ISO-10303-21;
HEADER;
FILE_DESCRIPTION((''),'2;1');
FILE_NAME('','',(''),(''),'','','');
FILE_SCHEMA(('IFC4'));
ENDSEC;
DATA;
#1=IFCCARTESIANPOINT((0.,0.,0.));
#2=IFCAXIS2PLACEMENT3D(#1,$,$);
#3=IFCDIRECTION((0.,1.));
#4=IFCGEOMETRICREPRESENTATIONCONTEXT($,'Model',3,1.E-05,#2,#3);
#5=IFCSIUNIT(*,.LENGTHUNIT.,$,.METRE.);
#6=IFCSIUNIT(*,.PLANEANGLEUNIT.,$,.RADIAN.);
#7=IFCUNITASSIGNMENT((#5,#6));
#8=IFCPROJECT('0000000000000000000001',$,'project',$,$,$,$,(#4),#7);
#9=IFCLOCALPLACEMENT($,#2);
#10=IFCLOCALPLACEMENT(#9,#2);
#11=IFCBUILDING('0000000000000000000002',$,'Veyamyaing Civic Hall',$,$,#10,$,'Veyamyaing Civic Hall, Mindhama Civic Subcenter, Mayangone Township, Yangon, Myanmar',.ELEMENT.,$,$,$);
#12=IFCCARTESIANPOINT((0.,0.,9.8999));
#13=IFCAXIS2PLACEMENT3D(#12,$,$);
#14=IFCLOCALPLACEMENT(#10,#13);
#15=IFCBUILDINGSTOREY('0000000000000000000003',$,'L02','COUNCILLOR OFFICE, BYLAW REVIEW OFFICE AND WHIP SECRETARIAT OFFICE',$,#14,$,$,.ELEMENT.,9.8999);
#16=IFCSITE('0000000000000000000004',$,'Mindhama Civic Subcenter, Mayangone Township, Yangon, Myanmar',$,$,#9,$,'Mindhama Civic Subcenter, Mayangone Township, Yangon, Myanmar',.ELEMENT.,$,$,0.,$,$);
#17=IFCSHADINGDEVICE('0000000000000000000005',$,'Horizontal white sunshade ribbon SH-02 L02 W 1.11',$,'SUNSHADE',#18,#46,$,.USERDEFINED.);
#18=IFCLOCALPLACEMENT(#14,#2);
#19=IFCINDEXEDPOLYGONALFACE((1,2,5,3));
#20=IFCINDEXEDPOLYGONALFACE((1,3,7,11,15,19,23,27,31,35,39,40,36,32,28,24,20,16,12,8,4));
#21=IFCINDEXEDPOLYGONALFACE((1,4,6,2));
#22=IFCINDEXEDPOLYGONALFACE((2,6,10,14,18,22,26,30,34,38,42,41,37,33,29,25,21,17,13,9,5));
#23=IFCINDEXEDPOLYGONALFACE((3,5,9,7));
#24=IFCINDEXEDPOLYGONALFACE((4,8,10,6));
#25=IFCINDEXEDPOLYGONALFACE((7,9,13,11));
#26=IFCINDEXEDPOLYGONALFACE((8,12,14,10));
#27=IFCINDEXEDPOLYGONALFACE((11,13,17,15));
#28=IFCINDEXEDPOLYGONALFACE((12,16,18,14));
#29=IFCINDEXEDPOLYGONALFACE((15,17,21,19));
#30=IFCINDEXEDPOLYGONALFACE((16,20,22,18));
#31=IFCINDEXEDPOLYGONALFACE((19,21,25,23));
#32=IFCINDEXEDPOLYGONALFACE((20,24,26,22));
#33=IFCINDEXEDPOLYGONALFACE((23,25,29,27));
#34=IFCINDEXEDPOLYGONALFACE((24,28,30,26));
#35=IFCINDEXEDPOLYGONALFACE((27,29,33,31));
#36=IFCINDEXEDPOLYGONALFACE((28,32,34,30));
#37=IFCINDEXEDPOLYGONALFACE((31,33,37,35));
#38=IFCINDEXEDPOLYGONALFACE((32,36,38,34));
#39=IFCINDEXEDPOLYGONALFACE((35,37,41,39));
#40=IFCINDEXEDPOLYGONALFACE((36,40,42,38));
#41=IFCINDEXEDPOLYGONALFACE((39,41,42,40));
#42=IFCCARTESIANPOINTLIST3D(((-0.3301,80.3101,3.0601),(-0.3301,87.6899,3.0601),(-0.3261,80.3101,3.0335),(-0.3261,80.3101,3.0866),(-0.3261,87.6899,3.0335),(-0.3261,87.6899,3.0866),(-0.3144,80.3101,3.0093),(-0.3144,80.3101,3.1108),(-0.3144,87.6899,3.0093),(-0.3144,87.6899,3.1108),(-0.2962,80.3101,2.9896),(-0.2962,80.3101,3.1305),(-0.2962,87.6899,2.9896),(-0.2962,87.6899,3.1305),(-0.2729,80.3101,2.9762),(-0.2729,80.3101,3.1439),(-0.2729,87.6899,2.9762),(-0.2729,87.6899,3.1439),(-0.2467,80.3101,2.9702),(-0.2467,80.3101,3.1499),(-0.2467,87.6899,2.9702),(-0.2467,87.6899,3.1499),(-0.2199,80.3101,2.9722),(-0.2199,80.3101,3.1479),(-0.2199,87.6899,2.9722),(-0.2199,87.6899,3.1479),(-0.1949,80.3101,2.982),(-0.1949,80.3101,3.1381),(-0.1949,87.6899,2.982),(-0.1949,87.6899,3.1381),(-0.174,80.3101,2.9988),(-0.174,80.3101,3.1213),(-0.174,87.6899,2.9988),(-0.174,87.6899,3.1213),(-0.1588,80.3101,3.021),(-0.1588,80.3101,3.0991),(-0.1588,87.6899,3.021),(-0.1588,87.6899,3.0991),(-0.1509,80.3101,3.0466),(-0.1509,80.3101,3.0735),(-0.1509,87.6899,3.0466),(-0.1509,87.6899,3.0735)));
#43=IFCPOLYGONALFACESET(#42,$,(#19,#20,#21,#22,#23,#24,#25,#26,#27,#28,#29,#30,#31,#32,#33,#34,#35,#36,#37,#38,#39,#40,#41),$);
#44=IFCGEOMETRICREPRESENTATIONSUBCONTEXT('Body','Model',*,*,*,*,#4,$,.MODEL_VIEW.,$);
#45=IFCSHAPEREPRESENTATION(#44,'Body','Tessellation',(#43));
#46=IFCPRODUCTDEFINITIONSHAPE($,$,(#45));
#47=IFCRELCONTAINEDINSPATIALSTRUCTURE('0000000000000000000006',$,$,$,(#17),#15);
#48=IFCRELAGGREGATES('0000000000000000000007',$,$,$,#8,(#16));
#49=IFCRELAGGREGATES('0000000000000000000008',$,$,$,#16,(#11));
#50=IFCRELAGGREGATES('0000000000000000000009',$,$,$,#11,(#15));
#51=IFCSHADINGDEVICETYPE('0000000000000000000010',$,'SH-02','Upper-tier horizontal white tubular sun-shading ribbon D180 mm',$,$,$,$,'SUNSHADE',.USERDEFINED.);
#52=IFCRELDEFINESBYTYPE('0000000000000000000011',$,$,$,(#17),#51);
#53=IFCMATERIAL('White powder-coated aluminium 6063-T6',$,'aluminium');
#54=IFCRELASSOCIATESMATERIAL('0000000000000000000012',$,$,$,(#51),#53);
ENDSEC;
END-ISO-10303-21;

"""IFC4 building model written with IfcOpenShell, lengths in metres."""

from ifc_helpers import new_model, si_unit, direction, frame, origin, origin_2d, place, context, subcontext, project, spatial, circle, extrude, material, material_profile, profile_set, type_object, element, save


model = new_model("IFC4")

# Units and contexts
model_context = context("Model", 3, precision=1e-05, world=origin(), true_north=direction((0.0, 1.0)))
body_context = subcontext(model_context, "Body", "Model", "MODEL_VIEW")
ifc_project = project(units=[si_unit("LENGTHUNIT", "METRE"), si_unit("PLANEANGLEUNIT", "RADIAN")], contexts=[model_context])

# Site, building, storey
site_placement = place(None, origin())
site = spatial("IfcSite", under=ifc_project, at=site_placement, Name="Mindhama Civic Subcenter, Mayangone Township, Yangon, Myanmar", LongName="Mindhama Civic Subcenter, Mayangone Township, Yangon, Myanmar", CompositionType="ELEMENT", RefElevation=0.0)
building_placement = place(site_placement, origin())
building = spatial("IfcBuilding", under=site, at=building_placement, Name="Veyamyaing Civic Hall", LongName="Veyamyaing Civic Hall, Mindhama Civic Subcenter, Mayangone Township, Yangon, Myanmar", CompositionType="ELEMENT")
storey_placement = place(building_placement, frame((0.0, 0.0, 9.8999)))
storey = spatial("IfcBuildingStorey", under=building, at=storey_placement, Name="L02", Description="COUNCILLOR OFFICE, BYLAW REVIEW OFFICE AND WHIP SECRETARIAT OFFICE", CompositionType="ELEMENT", Elevation=9.8999)

# Shading device
ifc_material_1 = material(Name="White powder-coated aluminium 6063-T6", Category="aluminium")
ifc_material_profile_1 = material_profile(ifc_material_1, circle(Radius=0.0901, at=origin_2d()), Name="SHADE-TUBE-180")
ifc_profile_set_1 = profile_set([ifc_material_profile_1], Name="White powder-coated aluminium 6063-T6")
shading_device_type_1 = type_object("IfcShadingDeviceType", Name="SH-02", Description="Upper-tier horizontal white tubular sun-shading ribbon D180 mm", ElementType="SUNSHADE", PredefinedType="USERDEFINED", material=ifc_profile_set_1)
shading_device_1_placement = place(storey_placement, frame((-0.24, 80.3101, 3.0601), z_axis=(0.0, 1.0, 0.0), x_axis=(-1.0, 0.0, 0.0)))
element("IfcShadingDevice", 1, at=shading_device_1_placement, inside=storey, type_object=shading_device_type_1, Name="Horizontal white sunshade ribbon SH-02 L02 W 1.11", ObjectType="SUNSHADE", PredefinedType="USERDEFINED", context=body_context, shape_type="SweptSolid", body=[
    extrude(circle(Radius=0.0901, at=origin_2d()), origin(), (0.0, 0.0, 1.0), 7.3799),
])

save(model, "model.ifc")
